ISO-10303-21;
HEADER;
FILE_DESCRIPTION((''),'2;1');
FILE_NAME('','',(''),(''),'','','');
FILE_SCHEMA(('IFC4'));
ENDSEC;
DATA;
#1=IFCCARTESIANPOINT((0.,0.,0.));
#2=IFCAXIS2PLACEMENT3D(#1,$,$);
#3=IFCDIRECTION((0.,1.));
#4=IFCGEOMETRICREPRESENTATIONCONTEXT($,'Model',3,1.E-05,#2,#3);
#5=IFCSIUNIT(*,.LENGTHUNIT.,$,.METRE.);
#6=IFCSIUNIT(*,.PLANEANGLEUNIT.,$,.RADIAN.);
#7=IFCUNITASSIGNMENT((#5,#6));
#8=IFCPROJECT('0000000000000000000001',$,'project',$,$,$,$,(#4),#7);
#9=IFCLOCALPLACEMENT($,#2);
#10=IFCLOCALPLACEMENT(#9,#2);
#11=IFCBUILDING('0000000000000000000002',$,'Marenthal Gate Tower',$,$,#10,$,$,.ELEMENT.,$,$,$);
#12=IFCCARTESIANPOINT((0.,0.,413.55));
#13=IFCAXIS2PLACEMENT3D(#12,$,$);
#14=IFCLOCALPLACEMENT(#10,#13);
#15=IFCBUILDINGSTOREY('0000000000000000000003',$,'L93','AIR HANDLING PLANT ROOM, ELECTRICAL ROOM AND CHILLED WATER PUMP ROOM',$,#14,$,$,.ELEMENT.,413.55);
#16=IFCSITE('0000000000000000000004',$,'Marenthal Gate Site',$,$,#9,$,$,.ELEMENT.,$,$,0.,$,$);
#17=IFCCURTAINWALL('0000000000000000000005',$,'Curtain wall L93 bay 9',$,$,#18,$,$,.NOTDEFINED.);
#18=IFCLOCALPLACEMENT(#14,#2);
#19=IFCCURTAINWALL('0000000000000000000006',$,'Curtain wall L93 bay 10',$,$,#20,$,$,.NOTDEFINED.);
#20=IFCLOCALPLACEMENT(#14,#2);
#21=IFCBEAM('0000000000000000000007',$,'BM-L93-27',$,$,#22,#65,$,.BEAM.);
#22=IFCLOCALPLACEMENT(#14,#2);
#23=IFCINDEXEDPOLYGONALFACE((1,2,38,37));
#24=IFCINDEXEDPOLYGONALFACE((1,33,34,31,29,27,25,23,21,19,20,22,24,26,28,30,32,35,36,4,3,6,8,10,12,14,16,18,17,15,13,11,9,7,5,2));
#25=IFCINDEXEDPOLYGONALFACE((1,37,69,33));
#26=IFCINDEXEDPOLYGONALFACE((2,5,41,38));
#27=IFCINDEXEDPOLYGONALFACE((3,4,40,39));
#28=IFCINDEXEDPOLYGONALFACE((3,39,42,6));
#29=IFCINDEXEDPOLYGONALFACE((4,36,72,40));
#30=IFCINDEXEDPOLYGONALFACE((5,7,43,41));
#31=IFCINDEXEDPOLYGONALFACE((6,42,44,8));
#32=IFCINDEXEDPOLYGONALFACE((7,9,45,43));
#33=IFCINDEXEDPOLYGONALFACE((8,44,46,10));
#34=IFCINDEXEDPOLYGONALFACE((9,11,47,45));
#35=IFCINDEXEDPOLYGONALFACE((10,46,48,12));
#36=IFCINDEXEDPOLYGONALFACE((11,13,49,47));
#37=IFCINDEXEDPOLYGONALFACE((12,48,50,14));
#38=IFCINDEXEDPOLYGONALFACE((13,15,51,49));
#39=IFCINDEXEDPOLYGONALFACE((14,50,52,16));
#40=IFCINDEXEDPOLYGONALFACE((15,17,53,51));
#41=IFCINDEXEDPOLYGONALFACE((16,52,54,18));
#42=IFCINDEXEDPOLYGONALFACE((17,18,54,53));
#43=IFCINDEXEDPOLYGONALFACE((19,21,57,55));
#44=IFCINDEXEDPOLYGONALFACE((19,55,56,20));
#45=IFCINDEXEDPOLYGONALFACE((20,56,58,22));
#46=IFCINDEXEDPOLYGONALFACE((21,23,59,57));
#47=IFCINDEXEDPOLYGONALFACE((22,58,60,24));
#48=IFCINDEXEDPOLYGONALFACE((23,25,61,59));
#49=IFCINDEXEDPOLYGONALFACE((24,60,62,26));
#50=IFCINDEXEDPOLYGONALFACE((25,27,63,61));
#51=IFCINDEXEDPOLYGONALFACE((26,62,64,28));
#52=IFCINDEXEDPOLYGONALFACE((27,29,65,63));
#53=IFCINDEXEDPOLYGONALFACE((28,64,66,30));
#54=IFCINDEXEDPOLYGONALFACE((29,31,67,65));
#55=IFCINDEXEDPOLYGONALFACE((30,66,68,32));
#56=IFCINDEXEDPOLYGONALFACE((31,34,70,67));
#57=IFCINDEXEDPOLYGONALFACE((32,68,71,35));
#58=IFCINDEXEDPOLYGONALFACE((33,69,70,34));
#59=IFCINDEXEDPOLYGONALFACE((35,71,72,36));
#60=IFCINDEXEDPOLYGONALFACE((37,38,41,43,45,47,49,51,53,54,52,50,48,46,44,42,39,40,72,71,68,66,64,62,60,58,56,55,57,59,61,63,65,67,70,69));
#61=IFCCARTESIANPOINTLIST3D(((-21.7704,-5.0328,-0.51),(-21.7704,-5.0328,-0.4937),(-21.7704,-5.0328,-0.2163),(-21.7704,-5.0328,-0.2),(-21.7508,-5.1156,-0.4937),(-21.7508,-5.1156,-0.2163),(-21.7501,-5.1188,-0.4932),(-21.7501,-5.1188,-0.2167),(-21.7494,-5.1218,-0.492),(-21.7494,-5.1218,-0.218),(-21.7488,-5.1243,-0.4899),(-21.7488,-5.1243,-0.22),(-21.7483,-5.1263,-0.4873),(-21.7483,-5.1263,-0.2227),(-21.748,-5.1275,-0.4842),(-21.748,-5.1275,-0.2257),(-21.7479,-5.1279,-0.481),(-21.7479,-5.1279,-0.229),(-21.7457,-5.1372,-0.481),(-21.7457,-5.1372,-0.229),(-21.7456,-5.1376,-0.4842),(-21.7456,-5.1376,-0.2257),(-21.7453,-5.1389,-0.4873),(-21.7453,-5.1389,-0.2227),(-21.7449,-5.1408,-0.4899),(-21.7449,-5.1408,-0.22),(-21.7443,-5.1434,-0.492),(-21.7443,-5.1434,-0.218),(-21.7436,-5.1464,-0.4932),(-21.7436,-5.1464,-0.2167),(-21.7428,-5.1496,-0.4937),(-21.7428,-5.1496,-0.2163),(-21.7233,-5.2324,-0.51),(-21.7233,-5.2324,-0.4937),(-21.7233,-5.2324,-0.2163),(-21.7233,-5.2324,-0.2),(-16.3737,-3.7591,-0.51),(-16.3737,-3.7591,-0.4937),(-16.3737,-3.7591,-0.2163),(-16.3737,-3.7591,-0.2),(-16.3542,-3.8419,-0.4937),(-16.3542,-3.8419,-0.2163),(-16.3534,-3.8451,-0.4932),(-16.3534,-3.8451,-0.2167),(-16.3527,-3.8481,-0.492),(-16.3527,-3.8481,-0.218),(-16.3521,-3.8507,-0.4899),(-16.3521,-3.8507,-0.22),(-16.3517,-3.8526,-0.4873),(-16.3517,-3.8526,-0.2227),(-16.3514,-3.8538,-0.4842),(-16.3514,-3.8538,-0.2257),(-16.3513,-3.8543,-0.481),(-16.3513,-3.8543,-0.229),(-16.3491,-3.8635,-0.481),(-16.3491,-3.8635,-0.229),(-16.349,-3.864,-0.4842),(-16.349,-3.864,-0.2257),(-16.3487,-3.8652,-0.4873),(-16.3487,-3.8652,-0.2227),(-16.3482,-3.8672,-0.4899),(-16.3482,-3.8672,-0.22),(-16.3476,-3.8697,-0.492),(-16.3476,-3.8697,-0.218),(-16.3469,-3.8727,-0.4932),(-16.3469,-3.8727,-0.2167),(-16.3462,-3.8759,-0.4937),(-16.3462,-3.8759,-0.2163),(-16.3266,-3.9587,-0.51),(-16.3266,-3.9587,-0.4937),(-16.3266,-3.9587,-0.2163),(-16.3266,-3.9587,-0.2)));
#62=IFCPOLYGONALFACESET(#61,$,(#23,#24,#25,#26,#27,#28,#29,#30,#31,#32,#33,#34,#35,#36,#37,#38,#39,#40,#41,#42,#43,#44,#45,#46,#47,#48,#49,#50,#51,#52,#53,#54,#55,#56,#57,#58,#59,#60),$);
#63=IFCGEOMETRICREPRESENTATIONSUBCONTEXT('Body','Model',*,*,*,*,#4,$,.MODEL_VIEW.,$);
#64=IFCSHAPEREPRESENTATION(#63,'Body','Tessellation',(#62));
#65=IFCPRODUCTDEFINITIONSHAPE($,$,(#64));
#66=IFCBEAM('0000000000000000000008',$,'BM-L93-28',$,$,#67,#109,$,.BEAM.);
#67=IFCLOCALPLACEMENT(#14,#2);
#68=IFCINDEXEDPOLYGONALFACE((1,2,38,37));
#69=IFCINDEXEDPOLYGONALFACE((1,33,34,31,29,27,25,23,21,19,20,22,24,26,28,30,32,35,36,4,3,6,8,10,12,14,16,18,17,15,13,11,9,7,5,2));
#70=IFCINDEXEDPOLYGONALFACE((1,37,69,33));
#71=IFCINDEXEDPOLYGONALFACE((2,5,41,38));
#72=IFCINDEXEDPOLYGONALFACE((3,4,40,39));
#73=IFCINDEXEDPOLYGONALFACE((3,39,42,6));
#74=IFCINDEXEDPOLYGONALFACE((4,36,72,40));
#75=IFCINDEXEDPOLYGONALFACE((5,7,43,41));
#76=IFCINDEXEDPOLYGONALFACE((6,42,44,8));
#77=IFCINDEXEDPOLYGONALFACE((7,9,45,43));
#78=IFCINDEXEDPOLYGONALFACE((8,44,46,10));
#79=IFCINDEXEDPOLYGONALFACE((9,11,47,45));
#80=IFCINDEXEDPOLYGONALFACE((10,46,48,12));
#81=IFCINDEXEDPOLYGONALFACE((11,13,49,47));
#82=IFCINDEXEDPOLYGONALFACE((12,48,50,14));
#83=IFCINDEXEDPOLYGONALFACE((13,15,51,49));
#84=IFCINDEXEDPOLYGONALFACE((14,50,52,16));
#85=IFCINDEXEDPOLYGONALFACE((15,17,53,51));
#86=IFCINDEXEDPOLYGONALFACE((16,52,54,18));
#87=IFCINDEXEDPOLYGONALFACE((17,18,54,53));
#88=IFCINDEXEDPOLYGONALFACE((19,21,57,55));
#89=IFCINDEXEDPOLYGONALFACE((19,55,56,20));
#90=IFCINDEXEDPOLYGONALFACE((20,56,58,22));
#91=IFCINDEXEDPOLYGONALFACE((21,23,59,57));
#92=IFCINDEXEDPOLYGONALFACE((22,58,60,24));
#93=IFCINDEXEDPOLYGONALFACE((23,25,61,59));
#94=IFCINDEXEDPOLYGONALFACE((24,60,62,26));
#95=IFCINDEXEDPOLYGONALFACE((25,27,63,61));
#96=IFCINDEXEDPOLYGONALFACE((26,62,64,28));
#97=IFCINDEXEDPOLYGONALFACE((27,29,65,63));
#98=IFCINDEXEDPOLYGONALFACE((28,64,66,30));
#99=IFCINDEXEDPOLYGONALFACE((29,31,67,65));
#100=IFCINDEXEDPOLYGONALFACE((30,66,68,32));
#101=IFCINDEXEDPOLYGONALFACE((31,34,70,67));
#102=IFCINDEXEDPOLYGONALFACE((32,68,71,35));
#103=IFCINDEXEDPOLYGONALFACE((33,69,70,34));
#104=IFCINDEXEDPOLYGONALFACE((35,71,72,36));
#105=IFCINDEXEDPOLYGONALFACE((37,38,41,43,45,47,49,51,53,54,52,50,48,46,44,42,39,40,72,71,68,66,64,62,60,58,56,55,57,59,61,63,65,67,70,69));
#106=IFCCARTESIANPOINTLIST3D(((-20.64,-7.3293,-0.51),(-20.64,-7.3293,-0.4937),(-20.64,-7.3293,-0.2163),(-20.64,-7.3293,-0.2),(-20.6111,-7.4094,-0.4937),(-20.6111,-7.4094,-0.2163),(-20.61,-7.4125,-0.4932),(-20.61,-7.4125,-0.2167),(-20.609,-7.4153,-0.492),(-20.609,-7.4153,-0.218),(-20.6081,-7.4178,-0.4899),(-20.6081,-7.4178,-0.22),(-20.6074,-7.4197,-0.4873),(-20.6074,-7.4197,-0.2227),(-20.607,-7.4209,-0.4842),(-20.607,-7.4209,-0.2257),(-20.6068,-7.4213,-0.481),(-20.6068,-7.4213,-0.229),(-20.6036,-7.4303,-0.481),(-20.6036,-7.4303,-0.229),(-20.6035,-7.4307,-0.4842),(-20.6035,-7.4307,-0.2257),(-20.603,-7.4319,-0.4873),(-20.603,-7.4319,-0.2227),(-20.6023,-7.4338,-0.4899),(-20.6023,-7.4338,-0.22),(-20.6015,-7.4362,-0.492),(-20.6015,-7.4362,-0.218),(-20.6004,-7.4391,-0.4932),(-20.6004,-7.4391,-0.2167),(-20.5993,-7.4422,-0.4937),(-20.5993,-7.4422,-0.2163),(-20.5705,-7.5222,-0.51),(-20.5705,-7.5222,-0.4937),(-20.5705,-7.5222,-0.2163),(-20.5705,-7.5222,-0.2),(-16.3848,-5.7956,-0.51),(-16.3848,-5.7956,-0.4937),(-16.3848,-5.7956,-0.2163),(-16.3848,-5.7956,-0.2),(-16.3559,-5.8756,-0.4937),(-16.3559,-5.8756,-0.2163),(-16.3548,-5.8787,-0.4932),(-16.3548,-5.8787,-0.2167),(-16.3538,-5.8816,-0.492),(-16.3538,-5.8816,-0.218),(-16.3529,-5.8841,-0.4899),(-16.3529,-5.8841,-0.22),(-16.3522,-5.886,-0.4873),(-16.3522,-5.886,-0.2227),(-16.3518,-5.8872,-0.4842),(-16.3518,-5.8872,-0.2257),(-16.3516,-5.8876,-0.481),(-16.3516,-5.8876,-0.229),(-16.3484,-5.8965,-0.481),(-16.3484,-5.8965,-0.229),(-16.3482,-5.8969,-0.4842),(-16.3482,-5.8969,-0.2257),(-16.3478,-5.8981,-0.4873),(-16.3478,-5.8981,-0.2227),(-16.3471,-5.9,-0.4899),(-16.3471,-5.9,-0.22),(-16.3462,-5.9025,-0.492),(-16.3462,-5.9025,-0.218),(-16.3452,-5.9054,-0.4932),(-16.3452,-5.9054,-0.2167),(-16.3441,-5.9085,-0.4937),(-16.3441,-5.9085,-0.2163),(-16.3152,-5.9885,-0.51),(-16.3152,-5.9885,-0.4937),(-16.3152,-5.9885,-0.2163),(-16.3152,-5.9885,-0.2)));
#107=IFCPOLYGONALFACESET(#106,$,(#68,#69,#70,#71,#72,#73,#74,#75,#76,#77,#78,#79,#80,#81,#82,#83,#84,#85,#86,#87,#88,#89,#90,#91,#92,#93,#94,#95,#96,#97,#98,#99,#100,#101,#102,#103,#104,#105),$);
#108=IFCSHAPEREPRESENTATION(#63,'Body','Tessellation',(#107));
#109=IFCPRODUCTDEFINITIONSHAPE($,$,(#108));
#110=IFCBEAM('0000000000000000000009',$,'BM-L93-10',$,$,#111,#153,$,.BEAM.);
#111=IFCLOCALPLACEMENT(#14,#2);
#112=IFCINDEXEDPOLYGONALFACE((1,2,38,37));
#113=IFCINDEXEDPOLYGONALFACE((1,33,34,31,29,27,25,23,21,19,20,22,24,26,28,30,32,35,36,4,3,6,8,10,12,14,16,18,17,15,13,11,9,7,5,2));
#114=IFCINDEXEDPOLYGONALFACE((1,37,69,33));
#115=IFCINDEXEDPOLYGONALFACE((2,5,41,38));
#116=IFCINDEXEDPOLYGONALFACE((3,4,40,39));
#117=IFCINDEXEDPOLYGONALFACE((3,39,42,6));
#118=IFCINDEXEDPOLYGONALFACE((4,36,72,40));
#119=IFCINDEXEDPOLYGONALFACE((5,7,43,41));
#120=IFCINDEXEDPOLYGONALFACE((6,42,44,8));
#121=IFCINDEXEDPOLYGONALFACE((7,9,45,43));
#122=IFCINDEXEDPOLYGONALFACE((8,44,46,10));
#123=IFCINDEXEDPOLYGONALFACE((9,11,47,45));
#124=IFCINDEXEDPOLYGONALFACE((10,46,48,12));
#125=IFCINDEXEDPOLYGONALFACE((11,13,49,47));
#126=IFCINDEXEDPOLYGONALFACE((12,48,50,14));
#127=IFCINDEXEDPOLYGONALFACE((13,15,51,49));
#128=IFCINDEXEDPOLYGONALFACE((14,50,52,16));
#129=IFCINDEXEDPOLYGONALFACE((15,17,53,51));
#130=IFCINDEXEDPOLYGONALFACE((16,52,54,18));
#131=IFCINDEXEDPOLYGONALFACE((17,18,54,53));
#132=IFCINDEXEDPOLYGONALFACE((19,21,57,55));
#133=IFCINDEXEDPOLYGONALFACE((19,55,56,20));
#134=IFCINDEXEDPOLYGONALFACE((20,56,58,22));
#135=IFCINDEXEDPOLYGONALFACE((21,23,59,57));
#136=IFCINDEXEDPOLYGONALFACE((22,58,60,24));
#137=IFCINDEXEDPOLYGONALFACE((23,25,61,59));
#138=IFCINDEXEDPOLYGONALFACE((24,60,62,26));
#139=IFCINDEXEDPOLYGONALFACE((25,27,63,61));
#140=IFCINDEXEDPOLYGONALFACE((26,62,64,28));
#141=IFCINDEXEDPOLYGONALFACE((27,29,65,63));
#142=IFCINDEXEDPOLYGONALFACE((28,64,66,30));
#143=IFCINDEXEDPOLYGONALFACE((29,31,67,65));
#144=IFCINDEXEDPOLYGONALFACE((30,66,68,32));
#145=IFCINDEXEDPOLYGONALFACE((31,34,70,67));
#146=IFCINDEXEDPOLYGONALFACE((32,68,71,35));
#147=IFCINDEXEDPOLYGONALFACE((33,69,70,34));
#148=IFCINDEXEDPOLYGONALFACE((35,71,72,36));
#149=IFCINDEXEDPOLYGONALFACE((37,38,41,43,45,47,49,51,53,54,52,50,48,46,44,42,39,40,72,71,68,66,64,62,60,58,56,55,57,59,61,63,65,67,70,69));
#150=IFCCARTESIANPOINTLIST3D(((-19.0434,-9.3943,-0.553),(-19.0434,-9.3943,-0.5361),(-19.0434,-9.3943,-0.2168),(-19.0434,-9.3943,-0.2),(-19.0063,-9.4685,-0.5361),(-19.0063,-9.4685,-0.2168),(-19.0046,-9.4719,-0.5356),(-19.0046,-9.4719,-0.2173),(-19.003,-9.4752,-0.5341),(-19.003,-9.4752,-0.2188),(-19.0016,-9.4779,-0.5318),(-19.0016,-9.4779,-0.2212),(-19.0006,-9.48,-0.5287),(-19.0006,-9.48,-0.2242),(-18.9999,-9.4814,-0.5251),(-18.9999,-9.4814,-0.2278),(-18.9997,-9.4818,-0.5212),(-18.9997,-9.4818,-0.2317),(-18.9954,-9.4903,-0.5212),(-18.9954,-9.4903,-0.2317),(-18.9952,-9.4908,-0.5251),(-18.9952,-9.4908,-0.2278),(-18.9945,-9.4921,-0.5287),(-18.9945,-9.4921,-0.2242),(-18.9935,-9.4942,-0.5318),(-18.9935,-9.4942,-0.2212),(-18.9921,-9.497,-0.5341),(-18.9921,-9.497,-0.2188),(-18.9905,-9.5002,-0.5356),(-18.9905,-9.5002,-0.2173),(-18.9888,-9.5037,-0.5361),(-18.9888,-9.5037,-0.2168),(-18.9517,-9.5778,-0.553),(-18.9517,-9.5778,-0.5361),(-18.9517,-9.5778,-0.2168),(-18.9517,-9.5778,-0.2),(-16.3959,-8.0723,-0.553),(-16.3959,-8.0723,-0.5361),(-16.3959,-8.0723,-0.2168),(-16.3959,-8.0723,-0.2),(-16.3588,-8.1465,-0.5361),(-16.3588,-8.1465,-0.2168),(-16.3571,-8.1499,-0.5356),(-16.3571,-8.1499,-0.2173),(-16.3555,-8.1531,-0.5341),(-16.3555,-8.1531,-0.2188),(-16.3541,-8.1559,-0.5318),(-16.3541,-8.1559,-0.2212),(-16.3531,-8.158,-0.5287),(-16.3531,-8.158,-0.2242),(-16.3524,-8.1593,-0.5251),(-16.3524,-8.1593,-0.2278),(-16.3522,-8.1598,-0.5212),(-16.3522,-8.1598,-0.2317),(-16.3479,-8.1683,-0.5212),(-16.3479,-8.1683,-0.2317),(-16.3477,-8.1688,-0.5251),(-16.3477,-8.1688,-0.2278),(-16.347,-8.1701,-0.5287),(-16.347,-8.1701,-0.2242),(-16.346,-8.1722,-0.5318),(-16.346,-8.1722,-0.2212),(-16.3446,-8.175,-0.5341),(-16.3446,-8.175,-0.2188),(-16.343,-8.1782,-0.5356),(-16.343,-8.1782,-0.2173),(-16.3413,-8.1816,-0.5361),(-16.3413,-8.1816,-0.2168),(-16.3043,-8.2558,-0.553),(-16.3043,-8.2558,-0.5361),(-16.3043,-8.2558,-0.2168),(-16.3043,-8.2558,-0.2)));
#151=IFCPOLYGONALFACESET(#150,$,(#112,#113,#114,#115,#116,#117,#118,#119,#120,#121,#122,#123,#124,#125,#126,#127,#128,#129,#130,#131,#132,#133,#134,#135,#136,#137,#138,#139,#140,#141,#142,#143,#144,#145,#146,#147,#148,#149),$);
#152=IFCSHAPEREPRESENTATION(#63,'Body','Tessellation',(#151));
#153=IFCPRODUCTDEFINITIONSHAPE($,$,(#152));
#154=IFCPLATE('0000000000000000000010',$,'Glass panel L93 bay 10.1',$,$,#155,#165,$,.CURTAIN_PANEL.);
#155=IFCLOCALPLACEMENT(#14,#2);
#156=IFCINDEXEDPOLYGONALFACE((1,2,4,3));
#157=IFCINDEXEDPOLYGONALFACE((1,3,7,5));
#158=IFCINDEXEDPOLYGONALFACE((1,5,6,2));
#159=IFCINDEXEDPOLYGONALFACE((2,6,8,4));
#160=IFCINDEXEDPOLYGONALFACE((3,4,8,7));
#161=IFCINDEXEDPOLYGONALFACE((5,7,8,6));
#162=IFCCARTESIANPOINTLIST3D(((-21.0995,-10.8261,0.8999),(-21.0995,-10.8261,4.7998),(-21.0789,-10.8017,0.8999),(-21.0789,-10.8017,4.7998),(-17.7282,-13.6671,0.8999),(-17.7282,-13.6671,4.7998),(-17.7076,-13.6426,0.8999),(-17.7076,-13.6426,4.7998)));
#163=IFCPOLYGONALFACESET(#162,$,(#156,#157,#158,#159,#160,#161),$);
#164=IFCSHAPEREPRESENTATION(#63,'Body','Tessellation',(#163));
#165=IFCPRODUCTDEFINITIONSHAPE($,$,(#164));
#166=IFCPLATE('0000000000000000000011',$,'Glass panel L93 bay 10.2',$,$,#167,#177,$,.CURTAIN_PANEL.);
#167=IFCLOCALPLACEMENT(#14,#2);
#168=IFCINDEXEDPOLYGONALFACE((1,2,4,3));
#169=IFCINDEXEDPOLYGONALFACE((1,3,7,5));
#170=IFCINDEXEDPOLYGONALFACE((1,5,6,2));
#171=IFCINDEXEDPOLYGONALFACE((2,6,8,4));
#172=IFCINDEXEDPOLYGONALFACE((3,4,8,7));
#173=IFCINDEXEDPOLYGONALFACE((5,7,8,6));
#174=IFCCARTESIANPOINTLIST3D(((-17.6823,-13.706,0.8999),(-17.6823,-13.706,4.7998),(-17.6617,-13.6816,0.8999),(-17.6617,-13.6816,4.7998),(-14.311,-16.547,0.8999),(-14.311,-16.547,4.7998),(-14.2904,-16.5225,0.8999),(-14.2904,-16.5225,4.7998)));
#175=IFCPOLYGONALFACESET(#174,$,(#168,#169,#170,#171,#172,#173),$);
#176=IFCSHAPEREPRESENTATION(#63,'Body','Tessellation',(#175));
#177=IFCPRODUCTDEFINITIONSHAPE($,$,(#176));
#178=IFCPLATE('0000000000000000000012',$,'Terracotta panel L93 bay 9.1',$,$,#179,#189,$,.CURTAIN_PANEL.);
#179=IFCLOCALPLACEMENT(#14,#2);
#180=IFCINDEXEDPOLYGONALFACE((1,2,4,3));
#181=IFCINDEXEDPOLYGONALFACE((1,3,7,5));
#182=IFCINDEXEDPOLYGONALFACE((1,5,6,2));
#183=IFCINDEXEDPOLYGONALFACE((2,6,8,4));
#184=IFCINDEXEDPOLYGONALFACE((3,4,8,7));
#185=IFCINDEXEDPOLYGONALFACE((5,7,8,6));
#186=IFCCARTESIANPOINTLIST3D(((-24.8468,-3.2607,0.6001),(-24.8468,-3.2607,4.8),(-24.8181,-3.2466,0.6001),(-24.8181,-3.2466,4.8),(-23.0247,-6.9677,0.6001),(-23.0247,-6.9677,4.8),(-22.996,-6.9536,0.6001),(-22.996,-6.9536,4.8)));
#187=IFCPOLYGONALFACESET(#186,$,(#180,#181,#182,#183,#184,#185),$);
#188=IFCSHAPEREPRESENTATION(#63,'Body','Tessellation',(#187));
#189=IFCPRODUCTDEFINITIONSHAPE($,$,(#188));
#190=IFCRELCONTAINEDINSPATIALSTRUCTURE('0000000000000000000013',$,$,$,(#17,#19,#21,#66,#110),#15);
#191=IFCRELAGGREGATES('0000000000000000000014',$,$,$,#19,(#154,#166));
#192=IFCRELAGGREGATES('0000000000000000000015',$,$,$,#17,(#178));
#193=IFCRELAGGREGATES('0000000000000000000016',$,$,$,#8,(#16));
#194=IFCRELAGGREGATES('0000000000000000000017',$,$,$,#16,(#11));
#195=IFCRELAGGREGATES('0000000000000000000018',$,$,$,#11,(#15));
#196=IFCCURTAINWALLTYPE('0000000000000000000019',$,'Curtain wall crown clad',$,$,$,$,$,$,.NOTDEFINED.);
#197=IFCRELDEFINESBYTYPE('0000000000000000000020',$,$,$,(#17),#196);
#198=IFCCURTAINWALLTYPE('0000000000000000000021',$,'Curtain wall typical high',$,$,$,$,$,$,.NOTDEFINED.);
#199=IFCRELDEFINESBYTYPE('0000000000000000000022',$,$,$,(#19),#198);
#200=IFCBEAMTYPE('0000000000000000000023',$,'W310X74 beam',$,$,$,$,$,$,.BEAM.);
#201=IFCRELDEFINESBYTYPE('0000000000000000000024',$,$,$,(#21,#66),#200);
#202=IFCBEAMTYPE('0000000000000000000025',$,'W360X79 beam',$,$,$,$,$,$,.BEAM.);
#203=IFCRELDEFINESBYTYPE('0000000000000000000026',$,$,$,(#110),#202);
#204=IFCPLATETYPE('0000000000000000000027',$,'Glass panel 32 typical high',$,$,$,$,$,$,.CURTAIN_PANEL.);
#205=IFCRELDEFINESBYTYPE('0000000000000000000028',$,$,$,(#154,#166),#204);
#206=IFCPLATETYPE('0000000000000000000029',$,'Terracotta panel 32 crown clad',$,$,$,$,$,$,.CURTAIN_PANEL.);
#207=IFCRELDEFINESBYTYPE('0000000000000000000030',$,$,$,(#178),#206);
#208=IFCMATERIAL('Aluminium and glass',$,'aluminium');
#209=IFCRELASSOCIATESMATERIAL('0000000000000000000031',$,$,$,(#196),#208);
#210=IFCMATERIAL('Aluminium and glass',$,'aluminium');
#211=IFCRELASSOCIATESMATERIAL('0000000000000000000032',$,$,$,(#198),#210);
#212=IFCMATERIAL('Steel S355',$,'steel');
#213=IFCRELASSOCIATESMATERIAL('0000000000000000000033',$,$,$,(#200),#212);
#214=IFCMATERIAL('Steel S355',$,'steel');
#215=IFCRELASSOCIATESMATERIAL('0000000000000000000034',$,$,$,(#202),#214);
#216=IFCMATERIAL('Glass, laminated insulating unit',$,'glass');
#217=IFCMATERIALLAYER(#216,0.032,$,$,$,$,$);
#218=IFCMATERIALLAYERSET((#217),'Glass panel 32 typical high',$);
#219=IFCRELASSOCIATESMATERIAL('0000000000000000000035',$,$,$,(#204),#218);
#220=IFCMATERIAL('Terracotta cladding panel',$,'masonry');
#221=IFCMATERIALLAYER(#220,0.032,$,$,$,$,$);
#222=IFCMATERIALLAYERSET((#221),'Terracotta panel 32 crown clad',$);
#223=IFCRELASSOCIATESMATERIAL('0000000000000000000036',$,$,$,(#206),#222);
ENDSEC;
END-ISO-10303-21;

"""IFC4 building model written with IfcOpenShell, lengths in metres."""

from ifc_helpers import new_model, si_unit, direction, frame, origin, origin_2d, place, context, subcontext, project, spatial, rectangle, i_section, extrude, material, layer, layer_set, material_profile, profile_set, type_object, element, aggregate, save


model = new_model("IFC4")

# Units and contexts
model_context = context("Model", 3, precision=1e-05, world=origin(), true_north=direction((0.0, 1.0)))
body_context = subcontext(model_context, "Body", "Model", "MODEL_VIEW")
ifc_project = project(units=[si_unit("LENGTHUNIT", "METRE"), si_unit("PLANEANGLEUNIT", "RADIAN")], contexts=[model_context])

# Site, building, storey
site_placement = place(None, origin())
site = spatial("IfcSite", under=ifc_project, at=site_placement, Name="Marenthal Gate Site", CompositionType="ELEMENT", RefElevation=0.0)
building_placement = place(site_placement, origin())
building = spatial("IfcBuilding", under=site, at=building_placement, Name="Marenthal Gate Tower", CompositionType="ELEMENT")
storey_placement = place(building_placement, frame((0.0, 0.0, 413.55)))
storey = spatial("IfcBuildingStorey", under=building, at=storey_placement, Name="L93", Description="AIR HANDLING PLANT ROOM, ELECTRICAL ROOM AND CHILLED WATER PUMP ROOM", CompositionType="ELEMENT", Elevation=413.55)

# Curtain wall
ifc_material_1 = material(Name="Aluminium and glass", Category="aluminium")
curtain_wall_type_1 = type_object("IfcCurtainWallType", Name="Curtain wall crown clad", PredefinedType="NOTDEFINED", material=ifc_material_1)
curtain_wall_1_placement = place(storey_placement, origin())
curtain_wall_1 = element("IfcCurtainWall", 1, at=curtain_wall_1_placement, inside=storey, type_object=curtain_wall_type_1, Name="Curtain wall L93 bay 9", PredefinedType="NOTDEFINED")

# Shared definitions
ifc_material_2 = material(Name="Aluminium and glass", Category="aluminium")
curtain_wall_type_2 = type_object("IfcCurtainWallType", Name="Curtain wall typical high", PredefinedType="NOTDEFINED", material=ifc_material_2)

# Curtain wall
curtain_wall_2_placement = place(storey_placement, origin())
curtain_wall_2 = element("IfcCurtainWall", 2, at=curtain_wall_2_placement, inside=storey, type_object=curtain_wall_type_2, Name="Curtain wall L93 bay 10", PredefinedType="NOTDEFINED")

# Beams
ifc_material_3 = material(Name="Steel S355", Category="steel")
ifc_material_profile_1 = material_profile(ifc_material_3, i_section(OverallWidth=0.2051, OverallDepth=0.3101, WebThickness=0.0095, FlangeThickness=0.0164, FilletRadius=0.0127, at=origin_2d()), Name="W310X74")
ifc_profile_set_1 = profile_set([ifc_material_profile_1], Name="Steel S355")
beam_type_1 = type_object("IfcBeamType", Name="W310X74 beam", PredefinedType="BEAM", material=ifc_profile_set_1)
beam_1_placement = place(storey_placement, frame((-21.7468, -5.1326, -0.355), z_axis=(0.973262, 0.229699, 0.0), x_axis=(-0.229699, 0.973262, 0.0)))
element("IfcBeam", 3, at=beam_1_placement, inside=storey, type_object=beam_type_1, Name="BM-L93-27", PredefinedType="BEAM", context=body_context, shape_type="SweptSolid", body=[
    extrude(i_section(OverallWidth=0.2051, OverallDepth=0.3101, WebThickness=0.0095, FlangeThickness=0.0164, FilletRadius=0.0127, at=origin_2d()), origin(), (0.0, 0.0, 1.0), 5.5449),
])
beam_2_placement = place(storey_placement, frame((-20.6052, -7.4258, -0.355), z_axis=(0.940757, 0.339081, 0.0), x_axis=(-0.339081, 0.940757, 0.0)))
element("IfcBeam", 4, at=beam_2_placement, inside=storey, type_object=beam_type_1, Name="BM-L93-28", PredefinedType="BEAM", context=body_context, shape_type="SweptSolid", body=[
    extrude(i_section(OverallWidth=0.2051, OverallDepth=0.3101, WebThickness=0.0095, FlangeThickness=0.0164, FilletRadius=0.0127, at=origin_2d()), origin(), (0.0, 0.0, 1.0), 4.5232),
])
ifc_material_4 = material(Name="Steel S355", Category="steel")
ifc_material_profile_2 = material_profile(ifc_material_4, i_section(OverallWidth=0.2051, OverallDepth=0.353, WebThickness=0.0095, FlangeThickness=0.0168, FilletRadius=0.0149, at=origin_2d()), Name="W360X79")
ifc_profile_set_2 = profile_set([ifc_material_profile_2], Name="Steel S355")
beam_type_2 = type_object("IfcBeamType", Name="W360X79 beam", PredefinedType="BEAM", material=ifc_profile_set_2)
beam_3_placement = place(storey_placement, frame((-18.9976, -9.4861, -0.3765), z_axis=(0.894658, 0.446752, 0.0), x_axis=(-0.446752, 0.894658, 0.0)))
element("IfcBeam", 5, at=beam_3_placement, inside=storey, type_object=beam_type_2, Name="BM-L93-10", PredefinedType="BEAM", context=body_context, shape_type="SweptSolid", body=[
    extrude(i_section(OverallWidth=0.2051, OverallDepth=0.353, WebThickness=0.0095, FlangeThickness=0.0168, FilletRadius=0.0149, at=origin_2d()), origin(), (0.0, 0.0, 1.0), 2.9592),
])

# Plates
ifc_material_5 = material(Name="Glass, laminated insulating unit", Category="glass")
ifc_layer_1 = layer(ifc_material_5, 0.032)
ifc_layer_set_1 = layer_set([ifc_layer_1], Name="Glass panel 32 typical high")
plate_type_1 = type_object("IfcPlateType", Name="Glass panel 32 typical high", PredefinedType="CURTAIN_PANEL", material=ifc_layer_set_1)
plate_1_placement = place(storey_placement, frame((-19.4036, -12.2344, 0.8999), z_axis=(0.0, 0.0, 1.0), x_axis=(0.764693, -0.644394, 0.0)))
plate_1 = element("IfcPlate", 6, at=plate_1_placement, type_object=plate_type_1, Name="Glass panel L93 bay 10.1", PredefinedType="CURTAIN_PANEL", context=body_context, shape_type="SweptSolid", body=[
    extrude(rectangle(XDim=4.4087, YDim=0.032, at=origin_2d()), origin(), (0.0, 0.0, 1.0), 3.8999),
])
plate_2_placement = place(storey_placement, frame((-15.9863, -15.1143, 0.8999), z_axis=(0.0, 0.0, 1.0), x_axis=(0.764693, -0.644394, 0.0)))
plate_2 = element("IfcPlate", 7, at=plate_2_placement, type_object=plate_type_1, Name="Glass panel L93 bay 10.2", PredefinedType="CURTAIN_PANEL", context=body_context, shape_type="SweptSolid", body=[
    extrude(rectangle(XDim=4.4087, YDim=0.032, at=origin_2d()), origin(), (0.0, 0.0, 1.0), 3.8999),
])
aggregate(curtain_wall_2, [plate_1, plate_2])
ifc_material_6 = material(Name="Terracotta cladding panel", Category="masonry")
ifc_layer_2 = layer(ifc_material_6, 0.032)
ifc_layer_set_2 = layer_set([ifc_layer_2], Name="Terracotta panel 32 crown clad")
plate_type_2 = type_object("IfcPlateType", Name="Terracotta panel 32 crown clad", PredefinedType="CURTAIN_PANEL", material=ifc_layer_set_2)
plate_3_placement = place(storey_placement, frame((-23.9214, -5.1072, 0.6001), z_axis=(0.0, 0.0, 1.0), x_axis=(0.441124, -0.897446, 0.0)))
plate_3 = element("IfcPlate", 8, at=plate_3_placement, type_object=plate_type_2, Name="Terracotta panel L93 bay 9.1", PredefinedType="CURTAIN_PANEL", context=body_context, shape_type="SweptSolid", body=[
    extrude(rectangle(XDim=4.1306, YDim=0.032, at=origin_2d()), origin(), (0.0, 0.0, 1.0), 4.2),
])
aggregate(curtain_wall_1, [plate_3])

save(model, "model.ifc")
